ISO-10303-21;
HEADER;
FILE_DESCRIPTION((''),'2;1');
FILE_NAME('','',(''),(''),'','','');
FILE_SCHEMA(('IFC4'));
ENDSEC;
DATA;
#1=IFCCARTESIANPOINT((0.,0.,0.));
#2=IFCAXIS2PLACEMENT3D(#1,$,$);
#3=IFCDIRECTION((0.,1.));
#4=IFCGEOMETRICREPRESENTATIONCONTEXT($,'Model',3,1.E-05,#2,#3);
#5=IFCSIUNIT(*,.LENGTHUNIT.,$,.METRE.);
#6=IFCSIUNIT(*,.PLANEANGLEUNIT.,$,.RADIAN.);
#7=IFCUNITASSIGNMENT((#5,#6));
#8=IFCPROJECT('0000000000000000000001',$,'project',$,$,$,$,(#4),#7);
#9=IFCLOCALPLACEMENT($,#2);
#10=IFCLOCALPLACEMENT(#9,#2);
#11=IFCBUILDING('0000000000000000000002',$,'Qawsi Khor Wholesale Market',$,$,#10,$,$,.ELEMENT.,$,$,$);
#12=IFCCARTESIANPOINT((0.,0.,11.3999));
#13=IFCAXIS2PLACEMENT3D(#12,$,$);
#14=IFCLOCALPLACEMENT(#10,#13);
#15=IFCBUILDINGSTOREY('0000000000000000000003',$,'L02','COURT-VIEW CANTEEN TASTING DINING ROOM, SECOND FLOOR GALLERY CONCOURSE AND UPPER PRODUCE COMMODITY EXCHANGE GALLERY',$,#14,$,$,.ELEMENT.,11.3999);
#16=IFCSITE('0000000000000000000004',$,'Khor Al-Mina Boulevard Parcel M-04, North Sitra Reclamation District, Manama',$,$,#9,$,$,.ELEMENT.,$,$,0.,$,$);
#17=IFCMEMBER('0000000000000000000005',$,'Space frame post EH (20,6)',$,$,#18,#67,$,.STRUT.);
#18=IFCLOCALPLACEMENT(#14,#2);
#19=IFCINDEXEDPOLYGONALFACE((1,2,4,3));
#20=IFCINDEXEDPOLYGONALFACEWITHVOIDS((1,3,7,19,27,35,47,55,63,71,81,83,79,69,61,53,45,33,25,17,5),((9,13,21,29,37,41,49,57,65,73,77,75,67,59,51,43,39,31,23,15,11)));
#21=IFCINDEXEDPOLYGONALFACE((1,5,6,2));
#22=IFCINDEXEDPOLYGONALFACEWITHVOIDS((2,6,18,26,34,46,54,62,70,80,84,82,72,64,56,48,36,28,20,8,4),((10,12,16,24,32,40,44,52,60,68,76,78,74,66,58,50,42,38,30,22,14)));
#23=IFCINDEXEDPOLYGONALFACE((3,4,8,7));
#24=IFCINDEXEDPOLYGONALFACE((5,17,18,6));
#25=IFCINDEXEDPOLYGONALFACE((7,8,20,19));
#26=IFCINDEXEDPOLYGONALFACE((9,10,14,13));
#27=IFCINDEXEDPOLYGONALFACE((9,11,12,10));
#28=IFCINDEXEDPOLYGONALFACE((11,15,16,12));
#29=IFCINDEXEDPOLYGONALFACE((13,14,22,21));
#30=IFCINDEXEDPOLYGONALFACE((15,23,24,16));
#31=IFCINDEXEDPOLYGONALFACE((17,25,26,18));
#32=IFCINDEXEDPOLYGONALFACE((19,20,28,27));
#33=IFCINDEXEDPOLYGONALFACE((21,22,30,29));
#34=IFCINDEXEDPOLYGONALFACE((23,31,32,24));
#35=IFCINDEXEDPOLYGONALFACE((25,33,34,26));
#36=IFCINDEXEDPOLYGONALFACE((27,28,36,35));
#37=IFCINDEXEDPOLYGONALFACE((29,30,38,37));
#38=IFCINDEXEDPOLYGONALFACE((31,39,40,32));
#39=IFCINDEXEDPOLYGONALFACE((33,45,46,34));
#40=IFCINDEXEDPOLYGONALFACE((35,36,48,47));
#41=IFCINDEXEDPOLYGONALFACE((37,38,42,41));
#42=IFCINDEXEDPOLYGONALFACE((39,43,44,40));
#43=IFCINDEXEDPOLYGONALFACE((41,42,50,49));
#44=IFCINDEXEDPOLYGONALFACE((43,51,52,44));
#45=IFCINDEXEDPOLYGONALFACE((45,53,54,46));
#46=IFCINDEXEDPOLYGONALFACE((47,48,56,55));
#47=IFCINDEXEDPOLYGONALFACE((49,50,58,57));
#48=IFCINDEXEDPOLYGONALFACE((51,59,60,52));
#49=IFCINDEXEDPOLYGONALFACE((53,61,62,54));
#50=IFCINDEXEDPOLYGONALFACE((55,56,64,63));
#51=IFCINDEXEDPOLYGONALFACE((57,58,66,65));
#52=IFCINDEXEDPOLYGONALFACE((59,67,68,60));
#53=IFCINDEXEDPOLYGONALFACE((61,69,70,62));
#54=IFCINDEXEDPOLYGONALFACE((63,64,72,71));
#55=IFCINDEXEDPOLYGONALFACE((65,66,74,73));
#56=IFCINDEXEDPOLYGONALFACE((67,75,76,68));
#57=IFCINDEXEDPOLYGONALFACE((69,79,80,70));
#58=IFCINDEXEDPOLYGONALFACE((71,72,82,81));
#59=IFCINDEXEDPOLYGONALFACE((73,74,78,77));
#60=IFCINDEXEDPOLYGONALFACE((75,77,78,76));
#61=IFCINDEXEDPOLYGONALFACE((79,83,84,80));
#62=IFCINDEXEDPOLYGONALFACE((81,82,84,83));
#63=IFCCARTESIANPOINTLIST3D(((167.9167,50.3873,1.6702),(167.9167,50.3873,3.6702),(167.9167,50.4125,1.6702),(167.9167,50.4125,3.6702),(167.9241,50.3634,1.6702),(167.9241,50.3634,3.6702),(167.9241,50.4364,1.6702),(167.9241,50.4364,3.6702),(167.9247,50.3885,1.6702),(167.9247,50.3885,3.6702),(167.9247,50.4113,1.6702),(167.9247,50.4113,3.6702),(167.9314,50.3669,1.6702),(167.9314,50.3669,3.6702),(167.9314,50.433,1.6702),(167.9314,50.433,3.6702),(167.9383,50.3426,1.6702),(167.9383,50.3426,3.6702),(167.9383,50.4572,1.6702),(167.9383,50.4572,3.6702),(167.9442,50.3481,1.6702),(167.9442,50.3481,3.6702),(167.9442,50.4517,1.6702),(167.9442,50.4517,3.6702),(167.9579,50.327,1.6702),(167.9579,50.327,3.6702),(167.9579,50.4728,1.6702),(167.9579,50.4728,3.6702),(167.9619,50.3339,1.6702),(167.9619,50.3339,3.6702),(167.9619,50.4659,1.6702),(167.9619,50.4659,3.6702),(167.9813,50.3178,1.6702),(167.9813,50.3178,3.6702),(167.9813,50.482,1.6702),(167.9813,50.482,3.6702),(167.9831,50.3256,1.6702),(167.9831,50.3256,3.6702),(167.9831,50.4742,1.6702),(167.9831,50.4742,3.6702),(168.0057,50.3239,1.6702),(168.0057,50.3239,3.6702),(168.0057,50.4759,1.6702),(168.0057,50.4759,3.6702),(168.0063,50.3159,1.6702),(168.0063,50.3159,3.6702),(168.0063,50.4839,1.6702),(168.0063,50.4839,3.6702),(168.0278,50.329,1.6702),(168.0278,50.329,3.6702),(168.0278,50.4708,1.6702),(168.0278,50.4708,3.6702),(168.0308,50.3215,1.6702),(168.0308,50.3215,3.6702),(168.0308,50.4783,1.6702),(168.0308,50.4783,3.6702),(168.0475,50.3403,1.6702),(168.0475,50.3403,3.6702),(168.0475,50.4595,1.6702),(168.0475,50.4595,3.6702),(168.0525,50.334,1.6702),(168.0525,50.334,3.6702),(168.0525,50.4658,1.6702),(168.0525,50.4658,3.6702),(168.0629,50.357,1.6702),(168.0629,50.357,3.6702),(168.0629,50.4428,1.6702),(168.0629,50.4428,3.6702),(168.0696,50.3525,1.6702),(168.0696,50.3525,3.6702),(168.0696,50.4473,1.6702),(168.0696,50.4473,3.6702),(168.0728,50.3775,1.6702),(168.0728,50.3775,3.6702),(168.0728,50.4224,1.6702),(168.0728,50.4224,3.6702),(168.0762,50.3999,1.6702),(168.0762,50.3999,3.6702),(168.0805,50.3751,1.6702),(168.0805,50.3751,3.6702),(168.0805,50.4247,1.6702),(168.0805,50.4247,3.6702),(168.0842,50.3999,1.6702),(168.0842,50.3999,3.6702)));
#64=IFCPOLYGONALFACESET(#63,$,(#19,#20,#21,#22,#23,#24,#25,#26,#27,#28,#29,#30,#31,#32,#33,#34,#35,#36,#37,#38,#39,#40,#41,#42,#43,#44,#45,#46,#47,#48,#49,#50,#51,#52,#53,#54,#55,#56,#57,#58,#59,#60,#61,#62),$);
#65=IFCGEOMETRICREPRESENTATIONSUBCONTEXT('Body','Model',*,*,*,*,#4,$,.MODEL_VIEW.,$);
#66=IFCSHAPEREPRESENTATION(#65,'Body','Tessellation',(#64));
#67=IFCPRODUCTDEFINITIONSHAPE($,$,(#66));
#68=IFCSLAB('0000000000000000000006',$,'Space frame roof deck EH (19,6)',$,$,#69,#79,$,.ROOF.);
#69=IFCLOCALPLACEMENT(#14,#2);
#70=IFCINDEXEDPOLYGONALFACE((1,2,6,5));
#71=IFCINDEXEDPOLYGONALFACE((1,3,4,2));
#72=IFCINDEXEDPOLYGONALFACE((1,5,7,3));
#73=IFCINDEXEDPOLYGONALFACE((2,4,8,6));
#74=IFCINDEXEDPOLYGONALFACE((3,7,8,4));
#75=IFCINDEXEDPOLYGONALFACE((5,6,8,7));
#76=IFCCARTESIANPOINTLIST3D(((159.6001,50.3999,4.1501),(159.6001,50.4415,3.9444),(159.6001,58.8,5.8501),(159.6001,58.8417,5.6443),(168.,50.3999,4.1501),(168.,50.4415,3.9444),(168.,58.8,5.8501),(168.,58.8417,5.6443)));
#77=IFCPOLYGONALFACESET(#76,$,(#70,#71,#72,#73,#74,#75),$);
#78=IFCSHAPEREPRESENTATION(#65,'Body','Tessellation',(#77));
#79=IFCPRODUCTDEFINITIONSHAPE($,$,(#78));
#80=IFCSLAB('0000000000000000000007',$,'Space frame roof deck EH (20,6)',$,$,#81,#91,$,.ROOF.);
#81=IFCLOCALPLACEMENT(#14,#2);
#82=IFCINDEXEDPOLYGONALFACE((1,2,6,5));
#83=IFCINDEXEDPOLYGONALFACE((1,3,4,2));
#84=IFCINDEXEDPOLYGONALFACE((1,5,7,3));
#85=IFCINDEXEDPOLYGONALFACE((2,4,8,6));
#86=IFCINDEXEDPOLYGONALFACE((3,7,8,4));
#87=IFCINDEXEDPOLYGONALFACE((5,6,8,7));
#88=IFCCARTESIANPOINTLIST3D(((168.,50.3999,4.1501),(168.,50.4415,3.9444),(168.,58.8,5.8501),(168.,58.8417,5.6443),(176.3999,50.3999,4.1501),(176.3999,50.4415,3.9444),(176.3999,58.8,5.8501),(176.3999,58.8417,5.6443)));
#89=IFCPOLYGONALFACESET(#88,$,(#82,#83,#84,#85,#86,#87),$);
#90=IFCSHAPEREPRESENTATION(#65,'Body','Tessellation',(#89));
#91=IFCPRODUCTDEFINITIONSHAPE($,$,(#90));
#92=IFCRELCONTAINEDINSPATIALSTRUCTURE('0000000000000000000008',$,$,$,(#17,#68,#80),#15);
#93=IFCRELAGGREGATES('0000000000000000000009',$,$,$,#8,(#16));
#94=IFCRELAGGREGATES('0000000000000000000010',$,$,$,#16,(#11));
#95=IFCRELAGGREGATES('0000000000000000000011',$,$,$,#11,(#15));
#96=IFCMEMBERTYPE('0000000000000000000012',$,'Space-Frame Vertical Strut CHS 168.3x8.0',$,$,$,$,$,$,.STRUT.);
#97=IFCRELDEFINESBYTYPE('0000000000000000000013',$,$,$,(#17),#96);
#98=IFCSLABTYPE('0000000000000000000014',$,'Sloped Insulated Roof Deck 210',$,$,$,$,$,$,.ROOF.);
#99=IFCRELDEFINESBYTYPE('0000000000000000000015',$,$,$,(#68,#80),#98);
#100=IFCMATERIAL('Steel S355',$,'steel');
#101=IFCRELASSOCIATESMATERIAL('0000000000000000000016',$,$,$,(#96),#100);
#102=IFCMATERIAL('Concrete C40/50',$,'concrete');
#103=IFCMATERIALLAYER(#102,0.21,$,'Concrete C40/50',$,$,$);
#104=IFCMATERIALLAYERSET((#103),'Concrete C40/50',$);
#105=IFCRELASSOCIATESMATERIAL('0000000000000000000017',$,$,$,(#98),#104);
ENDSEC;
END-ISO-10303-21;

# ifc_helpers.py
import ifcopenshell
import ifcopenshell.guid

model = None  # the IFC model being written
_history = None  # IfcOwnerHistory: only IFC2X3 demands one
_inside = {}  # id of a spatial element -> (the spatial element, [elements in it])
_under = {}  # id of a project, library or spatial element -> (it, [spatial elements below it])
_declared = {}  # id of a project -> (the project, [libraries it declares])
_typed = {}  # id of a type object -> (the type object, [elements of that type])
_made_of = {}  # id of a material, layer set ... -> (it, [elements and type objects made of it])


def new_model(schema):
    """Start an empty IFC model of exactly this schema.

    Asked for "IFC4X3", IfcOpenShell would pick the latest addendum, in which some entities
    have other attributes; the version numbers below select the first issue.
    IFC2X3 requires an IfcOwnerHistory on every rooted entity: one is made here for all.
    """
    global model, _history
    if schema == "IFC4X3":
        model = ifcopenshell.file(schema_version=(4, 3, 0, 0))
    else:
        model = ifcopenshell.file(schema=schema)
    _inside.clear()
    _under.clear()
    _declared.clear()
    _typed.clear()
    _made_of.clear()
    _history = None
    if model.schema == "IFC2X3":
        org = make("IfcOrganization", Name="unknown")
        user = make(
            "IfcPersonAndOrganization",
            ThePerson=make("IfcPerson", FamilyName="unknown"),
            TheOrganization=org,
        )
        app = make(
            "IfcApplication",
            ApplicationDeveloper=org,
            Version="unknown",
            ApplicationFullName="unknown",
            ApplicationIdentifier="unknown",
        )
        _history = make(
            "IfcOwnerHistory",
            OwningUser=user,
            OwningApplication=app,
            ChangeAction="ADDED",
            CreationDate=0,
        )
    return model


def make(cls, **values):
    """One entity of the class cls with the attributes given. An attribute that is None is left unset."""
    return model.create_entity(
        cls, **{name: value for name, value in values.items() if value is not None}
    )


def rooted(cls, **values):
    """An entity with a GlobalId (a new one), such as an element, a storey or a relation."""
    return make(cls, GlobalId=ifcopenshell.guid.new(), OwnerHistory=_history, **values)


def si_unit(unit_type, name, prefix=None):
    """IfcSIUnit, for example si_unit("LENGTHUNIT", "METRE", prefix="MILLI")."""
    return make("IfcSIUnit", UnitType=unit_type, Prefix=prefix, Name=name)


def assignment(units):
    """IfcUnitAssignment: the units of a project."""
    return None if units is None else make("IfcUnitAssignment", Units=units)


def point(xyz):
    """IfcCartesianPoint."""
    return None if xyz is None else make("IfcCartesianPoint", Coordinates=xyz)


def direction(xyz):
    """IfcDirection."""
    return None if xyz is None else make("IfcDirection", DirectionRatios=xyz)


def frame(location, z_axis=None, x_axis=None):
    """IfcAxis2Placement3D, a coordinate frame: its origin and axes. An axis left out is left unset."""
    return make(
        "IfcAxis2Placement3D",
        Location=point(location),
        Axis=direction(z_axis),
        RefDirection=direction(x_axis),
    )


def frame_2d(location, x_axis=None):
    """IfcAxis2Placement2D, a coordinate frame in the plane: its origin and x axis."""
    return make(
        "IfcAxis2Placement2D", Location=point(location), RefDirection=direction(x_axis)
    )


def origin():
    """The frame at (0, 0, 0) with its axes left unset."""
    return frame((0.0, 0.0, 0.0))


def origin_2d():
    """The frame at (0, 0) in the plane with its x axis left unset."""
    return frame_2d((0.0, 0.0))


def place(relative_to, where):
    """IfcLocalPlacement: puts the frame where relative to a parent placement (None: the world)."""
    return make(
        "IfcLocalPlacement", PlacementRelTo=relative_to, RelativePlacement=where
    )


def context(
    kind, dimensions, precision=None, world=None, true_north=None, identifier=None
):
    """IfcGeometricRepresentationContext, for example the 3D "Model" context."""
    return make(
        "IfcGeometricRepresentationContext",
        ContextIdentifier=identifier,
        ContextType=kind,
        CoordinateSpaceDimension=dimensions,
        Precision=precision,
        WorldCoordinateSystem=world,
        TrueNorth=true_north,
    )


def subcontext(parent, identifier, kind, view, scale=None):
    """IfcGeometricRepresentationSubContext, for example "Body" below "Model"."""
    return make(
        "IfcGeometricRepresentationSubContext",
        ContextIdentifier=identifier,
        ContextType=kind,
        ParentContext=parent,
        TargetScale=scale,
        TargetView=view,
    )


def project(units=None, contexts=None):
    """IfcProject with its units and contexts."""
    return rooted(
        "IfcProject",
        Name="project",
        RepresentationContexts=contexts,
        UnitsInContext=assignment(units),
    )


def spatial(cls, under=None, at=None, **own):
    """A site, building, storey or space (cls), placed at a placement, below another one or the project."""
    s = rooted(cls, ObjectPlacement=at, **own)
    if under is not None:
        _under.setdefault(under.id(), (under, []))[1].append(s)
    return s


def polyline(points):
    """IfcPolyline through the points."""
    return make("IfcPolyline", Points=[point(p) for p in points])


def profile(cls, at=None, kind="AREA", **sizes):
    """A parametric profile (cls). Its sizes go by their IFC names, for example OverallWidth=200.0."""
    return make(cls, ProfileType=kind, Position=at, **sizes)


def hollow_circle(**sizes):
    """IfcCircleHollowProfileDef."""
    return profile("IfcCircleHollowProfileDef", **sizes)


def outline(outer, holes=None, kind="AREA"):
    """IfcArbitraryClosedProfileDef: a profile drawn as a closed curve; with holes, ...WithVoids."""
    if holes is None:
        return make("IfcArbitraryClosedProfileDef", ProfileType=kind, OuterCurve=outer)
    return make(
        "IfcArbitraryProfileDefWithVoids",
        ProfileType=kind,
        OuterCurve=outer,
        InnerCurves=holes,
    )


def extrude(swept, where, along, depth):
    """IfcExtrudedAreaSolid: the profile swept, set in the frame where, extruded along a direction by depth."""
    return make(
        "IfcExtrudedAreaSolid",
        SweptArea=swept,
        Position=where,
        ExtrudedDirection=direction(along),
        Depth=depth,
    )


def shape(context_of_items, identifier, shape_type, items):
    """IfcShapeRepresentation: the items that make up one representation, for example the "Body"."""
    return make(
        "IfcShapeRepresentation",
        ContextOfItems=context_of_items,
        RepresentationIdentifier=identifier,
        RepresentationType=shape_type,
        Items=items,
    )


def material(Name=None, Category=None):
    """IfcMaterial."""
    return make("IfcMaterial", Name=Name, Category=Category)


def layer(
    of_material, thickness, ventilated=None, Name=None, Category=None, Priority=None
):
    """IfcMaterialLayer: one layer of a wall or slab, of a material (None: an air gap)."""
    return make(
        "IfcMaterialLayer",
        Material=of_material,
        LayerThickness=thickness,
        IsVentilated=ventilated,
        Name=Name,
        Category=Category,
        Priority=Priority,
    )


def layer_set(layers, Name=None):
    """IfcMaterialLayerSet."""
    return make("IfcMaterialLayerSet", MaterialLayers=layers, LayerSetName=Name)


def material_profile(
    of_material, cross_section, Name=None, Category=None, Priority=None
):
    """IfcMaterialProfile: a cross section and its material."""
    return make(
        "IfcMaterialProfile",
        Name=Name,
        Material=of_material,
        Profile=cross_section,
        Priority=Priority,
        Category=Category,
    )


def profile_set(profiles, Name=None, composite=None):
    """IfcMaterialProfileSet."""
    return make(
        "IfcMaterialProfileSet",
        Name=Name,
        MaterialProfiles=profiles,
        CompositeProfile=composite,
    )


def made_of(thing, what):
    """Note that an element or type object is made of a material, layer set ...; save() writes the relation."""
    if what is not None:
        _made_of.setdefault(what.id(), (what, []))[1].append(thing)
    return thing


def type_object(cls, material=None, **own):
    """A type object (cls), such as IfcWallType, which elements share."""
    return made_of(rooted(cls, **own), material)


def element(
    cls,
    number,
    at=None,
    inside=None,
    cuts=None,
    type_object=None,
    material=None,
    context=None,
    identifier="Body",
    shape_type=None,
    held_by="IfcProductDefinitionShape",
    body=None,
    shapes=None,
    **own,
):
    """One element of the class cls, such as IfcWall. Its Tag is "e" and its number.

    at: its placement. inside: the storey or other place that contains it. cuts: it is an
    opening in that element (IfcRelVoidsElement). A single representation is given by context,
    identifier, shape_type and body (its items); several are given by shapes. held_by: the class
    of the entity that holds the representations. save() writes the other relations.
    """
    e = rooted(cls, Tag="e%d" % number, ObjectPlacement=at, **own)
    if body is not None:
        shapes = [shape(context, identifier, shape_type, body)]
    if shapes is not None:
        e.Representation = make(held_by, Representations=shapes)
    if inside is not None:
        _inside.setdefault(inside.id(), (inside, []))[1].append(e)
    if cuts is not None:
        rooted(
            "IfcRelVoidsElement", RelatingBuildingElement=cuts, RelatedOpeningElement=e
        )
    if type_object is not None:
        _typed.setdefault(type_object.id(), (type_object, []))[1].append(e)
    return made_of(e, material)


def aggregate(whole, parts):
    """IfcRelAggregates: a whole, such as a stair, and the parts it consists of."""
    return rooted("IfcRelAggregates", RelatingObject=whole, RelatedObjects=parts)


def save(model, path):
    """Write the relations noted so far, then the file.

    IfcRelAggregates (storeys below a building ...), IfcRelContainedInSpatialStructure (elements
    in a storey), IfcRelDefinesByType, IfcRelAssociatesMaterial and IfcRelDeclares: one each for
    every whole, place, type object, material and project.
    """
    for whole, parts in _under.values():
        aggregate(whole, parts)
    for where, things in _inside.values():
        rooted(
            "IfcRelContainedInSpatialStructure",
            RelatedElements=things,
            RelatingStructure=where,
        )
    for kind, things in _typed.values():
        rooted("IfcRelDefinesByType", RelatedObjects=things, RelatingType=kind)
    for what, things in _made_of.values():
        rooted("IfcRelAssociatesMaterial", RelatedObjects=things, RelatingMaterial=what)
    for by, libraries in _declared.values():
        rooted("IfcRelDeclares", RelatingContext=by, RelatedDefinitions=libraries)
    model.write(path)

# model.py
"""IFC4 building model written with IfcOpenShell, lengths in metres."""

from ifc_helpers import new_model, si_unit, direction, frame, origin, origin_2d, place, context, subcontext, project, spatial, polyline, hollow_circle, outline, extrude, material, layer, layer_set, material_profile, profile_set, type_object, element, save


model = new_model("IFC4")

# Units and contexts
model_context = context("Model", 3, precision=1e-05, world=origin(), true_north=direction((0.0, 1.0)))
body_context = subcontext(model_context, "Body", "Model", "MODEL_VIEW")
ifc_project = project(units=[si_unit("LENGTHUNIT", "METRE"), si_unit("PLANEANGLEUNIT", "RADIAN")], contexts=[model_context])

# Site, building, storey
site_placement = place(None, origin())
site = spatial("IfcSite", under=ifc_project, at=site_placement, Name="Khor Al-Mina Boulevard Parcel M-04, North Sitra Reclamation District, Manama", CompositionType="ELEMENT", RefElevation=0.0)
building_placement = place(site_placement, origin())
building = spatial("IfcBuilding", under=site, at=building_placement, Name="Qawsi Khor Wholesale Market", CompositionType="ELEMENT")
storey_placement = place(building_placement, frame((0.0, 0.0, 11.3999)))
storey = spatial("IfcBuildingStorey", under=building, at=storey_placement, Name="L02", Description="COURT-VIEW CANTEEN TASTING DINING ROOM, SECOND FLOOR GALLERY CONCOURSE AND UPPER PRODUCE COMMODITY EXCHANGE GALLERY", CompositionType="ELEMENT", Elevation=11.3999)

# Shared definitions
ifc_material_1 = material(Name="Concrete C40/50", Category="concrete")

# Member
ifc_material_2 = material(Name="Steel S355", Category="steel")
ifc_material_profile_1 = material_profile(ifc_material_2, hollow_circle(Radius=0.0842, WallThickness=0.0081, at=origin_2d()), Name="CHS 168.3x8.0")
ifc_profile_set_1 = profile_set([ifc_material_profile_1], Name="Steel S355")
member_type_1 = type_object("IfcMemberType", Name="Space-Frame Vertical Strut CHS 168.3x8.0", PredefinedType="STRUT", material=ifc_profile_set_1)
for number, where, z_axis, x_axis, name in (
    (1, (168.0, 50.3999, 1.6702), (0.0, 0.0, 1.0), (1.0, 0.0, 0.0), "Space frame post EH (20,6)"),
):
    element("IfcMember", number, at=place(storey_placement, frame(where, z_axis=z_axis, x_axis=x_axis)), inside=storey, type_object=member_type_1, Name=name, PredefinedType="STRUT", context=body_context, shape_type="SweptSolid", body=[
        extrude(hollow_circle(Radius=0.0842, WallThickness=0.0081, at=origin_2d()), origin(), (0.0, 0.0, 1.0), 2.0),
    ])

# Slabs
ifc_layer = layer(ifc_material_1, 0.21, Name="Concrete C40/50")
ifc_layer_set = layer_set([ifc_layer], Name="Concrete C40/50")
slab_type = type_object("IfcSlabType", Name="Sloped Insulated Roof Deck 210", PredefinedType="ROOF", material=ifc_layer_set)
for number, where, z_axis, x_axis, name in (
    (2, (159.6001, 50.3999, 4.1501), (0.0, -0.198351, 0.980131), (1.0, 0.0, 0.0), "Space frame roof deck EH (19,6)"),
    (3, (168.0, 50.3999, 4.1501), (0.0, -0.198351, 0.980131), (1.0, 0.0, 0.0), "Space frame roof deck EH (20,6)"),
):
    element("IfcSlab", number, at=place(storey_placement, frame(where, z_axis=z_axis, x_axis=x_axis)), inside=storey, type_object=slab_type, Name=name, PredefinedType="ROOF", context=body_context, shape_type="SweptSolid", body=[
        extrude(outline(polyline([(0.0, 0.0), (8.3999, 0.0), (8.3999, 8.5704), (0.0, 8.5704), (0.0, 0.0)])), origin(), (0.0, 0.0, -1.0), 0.21),
    ])

save(model, "model.ifc")
